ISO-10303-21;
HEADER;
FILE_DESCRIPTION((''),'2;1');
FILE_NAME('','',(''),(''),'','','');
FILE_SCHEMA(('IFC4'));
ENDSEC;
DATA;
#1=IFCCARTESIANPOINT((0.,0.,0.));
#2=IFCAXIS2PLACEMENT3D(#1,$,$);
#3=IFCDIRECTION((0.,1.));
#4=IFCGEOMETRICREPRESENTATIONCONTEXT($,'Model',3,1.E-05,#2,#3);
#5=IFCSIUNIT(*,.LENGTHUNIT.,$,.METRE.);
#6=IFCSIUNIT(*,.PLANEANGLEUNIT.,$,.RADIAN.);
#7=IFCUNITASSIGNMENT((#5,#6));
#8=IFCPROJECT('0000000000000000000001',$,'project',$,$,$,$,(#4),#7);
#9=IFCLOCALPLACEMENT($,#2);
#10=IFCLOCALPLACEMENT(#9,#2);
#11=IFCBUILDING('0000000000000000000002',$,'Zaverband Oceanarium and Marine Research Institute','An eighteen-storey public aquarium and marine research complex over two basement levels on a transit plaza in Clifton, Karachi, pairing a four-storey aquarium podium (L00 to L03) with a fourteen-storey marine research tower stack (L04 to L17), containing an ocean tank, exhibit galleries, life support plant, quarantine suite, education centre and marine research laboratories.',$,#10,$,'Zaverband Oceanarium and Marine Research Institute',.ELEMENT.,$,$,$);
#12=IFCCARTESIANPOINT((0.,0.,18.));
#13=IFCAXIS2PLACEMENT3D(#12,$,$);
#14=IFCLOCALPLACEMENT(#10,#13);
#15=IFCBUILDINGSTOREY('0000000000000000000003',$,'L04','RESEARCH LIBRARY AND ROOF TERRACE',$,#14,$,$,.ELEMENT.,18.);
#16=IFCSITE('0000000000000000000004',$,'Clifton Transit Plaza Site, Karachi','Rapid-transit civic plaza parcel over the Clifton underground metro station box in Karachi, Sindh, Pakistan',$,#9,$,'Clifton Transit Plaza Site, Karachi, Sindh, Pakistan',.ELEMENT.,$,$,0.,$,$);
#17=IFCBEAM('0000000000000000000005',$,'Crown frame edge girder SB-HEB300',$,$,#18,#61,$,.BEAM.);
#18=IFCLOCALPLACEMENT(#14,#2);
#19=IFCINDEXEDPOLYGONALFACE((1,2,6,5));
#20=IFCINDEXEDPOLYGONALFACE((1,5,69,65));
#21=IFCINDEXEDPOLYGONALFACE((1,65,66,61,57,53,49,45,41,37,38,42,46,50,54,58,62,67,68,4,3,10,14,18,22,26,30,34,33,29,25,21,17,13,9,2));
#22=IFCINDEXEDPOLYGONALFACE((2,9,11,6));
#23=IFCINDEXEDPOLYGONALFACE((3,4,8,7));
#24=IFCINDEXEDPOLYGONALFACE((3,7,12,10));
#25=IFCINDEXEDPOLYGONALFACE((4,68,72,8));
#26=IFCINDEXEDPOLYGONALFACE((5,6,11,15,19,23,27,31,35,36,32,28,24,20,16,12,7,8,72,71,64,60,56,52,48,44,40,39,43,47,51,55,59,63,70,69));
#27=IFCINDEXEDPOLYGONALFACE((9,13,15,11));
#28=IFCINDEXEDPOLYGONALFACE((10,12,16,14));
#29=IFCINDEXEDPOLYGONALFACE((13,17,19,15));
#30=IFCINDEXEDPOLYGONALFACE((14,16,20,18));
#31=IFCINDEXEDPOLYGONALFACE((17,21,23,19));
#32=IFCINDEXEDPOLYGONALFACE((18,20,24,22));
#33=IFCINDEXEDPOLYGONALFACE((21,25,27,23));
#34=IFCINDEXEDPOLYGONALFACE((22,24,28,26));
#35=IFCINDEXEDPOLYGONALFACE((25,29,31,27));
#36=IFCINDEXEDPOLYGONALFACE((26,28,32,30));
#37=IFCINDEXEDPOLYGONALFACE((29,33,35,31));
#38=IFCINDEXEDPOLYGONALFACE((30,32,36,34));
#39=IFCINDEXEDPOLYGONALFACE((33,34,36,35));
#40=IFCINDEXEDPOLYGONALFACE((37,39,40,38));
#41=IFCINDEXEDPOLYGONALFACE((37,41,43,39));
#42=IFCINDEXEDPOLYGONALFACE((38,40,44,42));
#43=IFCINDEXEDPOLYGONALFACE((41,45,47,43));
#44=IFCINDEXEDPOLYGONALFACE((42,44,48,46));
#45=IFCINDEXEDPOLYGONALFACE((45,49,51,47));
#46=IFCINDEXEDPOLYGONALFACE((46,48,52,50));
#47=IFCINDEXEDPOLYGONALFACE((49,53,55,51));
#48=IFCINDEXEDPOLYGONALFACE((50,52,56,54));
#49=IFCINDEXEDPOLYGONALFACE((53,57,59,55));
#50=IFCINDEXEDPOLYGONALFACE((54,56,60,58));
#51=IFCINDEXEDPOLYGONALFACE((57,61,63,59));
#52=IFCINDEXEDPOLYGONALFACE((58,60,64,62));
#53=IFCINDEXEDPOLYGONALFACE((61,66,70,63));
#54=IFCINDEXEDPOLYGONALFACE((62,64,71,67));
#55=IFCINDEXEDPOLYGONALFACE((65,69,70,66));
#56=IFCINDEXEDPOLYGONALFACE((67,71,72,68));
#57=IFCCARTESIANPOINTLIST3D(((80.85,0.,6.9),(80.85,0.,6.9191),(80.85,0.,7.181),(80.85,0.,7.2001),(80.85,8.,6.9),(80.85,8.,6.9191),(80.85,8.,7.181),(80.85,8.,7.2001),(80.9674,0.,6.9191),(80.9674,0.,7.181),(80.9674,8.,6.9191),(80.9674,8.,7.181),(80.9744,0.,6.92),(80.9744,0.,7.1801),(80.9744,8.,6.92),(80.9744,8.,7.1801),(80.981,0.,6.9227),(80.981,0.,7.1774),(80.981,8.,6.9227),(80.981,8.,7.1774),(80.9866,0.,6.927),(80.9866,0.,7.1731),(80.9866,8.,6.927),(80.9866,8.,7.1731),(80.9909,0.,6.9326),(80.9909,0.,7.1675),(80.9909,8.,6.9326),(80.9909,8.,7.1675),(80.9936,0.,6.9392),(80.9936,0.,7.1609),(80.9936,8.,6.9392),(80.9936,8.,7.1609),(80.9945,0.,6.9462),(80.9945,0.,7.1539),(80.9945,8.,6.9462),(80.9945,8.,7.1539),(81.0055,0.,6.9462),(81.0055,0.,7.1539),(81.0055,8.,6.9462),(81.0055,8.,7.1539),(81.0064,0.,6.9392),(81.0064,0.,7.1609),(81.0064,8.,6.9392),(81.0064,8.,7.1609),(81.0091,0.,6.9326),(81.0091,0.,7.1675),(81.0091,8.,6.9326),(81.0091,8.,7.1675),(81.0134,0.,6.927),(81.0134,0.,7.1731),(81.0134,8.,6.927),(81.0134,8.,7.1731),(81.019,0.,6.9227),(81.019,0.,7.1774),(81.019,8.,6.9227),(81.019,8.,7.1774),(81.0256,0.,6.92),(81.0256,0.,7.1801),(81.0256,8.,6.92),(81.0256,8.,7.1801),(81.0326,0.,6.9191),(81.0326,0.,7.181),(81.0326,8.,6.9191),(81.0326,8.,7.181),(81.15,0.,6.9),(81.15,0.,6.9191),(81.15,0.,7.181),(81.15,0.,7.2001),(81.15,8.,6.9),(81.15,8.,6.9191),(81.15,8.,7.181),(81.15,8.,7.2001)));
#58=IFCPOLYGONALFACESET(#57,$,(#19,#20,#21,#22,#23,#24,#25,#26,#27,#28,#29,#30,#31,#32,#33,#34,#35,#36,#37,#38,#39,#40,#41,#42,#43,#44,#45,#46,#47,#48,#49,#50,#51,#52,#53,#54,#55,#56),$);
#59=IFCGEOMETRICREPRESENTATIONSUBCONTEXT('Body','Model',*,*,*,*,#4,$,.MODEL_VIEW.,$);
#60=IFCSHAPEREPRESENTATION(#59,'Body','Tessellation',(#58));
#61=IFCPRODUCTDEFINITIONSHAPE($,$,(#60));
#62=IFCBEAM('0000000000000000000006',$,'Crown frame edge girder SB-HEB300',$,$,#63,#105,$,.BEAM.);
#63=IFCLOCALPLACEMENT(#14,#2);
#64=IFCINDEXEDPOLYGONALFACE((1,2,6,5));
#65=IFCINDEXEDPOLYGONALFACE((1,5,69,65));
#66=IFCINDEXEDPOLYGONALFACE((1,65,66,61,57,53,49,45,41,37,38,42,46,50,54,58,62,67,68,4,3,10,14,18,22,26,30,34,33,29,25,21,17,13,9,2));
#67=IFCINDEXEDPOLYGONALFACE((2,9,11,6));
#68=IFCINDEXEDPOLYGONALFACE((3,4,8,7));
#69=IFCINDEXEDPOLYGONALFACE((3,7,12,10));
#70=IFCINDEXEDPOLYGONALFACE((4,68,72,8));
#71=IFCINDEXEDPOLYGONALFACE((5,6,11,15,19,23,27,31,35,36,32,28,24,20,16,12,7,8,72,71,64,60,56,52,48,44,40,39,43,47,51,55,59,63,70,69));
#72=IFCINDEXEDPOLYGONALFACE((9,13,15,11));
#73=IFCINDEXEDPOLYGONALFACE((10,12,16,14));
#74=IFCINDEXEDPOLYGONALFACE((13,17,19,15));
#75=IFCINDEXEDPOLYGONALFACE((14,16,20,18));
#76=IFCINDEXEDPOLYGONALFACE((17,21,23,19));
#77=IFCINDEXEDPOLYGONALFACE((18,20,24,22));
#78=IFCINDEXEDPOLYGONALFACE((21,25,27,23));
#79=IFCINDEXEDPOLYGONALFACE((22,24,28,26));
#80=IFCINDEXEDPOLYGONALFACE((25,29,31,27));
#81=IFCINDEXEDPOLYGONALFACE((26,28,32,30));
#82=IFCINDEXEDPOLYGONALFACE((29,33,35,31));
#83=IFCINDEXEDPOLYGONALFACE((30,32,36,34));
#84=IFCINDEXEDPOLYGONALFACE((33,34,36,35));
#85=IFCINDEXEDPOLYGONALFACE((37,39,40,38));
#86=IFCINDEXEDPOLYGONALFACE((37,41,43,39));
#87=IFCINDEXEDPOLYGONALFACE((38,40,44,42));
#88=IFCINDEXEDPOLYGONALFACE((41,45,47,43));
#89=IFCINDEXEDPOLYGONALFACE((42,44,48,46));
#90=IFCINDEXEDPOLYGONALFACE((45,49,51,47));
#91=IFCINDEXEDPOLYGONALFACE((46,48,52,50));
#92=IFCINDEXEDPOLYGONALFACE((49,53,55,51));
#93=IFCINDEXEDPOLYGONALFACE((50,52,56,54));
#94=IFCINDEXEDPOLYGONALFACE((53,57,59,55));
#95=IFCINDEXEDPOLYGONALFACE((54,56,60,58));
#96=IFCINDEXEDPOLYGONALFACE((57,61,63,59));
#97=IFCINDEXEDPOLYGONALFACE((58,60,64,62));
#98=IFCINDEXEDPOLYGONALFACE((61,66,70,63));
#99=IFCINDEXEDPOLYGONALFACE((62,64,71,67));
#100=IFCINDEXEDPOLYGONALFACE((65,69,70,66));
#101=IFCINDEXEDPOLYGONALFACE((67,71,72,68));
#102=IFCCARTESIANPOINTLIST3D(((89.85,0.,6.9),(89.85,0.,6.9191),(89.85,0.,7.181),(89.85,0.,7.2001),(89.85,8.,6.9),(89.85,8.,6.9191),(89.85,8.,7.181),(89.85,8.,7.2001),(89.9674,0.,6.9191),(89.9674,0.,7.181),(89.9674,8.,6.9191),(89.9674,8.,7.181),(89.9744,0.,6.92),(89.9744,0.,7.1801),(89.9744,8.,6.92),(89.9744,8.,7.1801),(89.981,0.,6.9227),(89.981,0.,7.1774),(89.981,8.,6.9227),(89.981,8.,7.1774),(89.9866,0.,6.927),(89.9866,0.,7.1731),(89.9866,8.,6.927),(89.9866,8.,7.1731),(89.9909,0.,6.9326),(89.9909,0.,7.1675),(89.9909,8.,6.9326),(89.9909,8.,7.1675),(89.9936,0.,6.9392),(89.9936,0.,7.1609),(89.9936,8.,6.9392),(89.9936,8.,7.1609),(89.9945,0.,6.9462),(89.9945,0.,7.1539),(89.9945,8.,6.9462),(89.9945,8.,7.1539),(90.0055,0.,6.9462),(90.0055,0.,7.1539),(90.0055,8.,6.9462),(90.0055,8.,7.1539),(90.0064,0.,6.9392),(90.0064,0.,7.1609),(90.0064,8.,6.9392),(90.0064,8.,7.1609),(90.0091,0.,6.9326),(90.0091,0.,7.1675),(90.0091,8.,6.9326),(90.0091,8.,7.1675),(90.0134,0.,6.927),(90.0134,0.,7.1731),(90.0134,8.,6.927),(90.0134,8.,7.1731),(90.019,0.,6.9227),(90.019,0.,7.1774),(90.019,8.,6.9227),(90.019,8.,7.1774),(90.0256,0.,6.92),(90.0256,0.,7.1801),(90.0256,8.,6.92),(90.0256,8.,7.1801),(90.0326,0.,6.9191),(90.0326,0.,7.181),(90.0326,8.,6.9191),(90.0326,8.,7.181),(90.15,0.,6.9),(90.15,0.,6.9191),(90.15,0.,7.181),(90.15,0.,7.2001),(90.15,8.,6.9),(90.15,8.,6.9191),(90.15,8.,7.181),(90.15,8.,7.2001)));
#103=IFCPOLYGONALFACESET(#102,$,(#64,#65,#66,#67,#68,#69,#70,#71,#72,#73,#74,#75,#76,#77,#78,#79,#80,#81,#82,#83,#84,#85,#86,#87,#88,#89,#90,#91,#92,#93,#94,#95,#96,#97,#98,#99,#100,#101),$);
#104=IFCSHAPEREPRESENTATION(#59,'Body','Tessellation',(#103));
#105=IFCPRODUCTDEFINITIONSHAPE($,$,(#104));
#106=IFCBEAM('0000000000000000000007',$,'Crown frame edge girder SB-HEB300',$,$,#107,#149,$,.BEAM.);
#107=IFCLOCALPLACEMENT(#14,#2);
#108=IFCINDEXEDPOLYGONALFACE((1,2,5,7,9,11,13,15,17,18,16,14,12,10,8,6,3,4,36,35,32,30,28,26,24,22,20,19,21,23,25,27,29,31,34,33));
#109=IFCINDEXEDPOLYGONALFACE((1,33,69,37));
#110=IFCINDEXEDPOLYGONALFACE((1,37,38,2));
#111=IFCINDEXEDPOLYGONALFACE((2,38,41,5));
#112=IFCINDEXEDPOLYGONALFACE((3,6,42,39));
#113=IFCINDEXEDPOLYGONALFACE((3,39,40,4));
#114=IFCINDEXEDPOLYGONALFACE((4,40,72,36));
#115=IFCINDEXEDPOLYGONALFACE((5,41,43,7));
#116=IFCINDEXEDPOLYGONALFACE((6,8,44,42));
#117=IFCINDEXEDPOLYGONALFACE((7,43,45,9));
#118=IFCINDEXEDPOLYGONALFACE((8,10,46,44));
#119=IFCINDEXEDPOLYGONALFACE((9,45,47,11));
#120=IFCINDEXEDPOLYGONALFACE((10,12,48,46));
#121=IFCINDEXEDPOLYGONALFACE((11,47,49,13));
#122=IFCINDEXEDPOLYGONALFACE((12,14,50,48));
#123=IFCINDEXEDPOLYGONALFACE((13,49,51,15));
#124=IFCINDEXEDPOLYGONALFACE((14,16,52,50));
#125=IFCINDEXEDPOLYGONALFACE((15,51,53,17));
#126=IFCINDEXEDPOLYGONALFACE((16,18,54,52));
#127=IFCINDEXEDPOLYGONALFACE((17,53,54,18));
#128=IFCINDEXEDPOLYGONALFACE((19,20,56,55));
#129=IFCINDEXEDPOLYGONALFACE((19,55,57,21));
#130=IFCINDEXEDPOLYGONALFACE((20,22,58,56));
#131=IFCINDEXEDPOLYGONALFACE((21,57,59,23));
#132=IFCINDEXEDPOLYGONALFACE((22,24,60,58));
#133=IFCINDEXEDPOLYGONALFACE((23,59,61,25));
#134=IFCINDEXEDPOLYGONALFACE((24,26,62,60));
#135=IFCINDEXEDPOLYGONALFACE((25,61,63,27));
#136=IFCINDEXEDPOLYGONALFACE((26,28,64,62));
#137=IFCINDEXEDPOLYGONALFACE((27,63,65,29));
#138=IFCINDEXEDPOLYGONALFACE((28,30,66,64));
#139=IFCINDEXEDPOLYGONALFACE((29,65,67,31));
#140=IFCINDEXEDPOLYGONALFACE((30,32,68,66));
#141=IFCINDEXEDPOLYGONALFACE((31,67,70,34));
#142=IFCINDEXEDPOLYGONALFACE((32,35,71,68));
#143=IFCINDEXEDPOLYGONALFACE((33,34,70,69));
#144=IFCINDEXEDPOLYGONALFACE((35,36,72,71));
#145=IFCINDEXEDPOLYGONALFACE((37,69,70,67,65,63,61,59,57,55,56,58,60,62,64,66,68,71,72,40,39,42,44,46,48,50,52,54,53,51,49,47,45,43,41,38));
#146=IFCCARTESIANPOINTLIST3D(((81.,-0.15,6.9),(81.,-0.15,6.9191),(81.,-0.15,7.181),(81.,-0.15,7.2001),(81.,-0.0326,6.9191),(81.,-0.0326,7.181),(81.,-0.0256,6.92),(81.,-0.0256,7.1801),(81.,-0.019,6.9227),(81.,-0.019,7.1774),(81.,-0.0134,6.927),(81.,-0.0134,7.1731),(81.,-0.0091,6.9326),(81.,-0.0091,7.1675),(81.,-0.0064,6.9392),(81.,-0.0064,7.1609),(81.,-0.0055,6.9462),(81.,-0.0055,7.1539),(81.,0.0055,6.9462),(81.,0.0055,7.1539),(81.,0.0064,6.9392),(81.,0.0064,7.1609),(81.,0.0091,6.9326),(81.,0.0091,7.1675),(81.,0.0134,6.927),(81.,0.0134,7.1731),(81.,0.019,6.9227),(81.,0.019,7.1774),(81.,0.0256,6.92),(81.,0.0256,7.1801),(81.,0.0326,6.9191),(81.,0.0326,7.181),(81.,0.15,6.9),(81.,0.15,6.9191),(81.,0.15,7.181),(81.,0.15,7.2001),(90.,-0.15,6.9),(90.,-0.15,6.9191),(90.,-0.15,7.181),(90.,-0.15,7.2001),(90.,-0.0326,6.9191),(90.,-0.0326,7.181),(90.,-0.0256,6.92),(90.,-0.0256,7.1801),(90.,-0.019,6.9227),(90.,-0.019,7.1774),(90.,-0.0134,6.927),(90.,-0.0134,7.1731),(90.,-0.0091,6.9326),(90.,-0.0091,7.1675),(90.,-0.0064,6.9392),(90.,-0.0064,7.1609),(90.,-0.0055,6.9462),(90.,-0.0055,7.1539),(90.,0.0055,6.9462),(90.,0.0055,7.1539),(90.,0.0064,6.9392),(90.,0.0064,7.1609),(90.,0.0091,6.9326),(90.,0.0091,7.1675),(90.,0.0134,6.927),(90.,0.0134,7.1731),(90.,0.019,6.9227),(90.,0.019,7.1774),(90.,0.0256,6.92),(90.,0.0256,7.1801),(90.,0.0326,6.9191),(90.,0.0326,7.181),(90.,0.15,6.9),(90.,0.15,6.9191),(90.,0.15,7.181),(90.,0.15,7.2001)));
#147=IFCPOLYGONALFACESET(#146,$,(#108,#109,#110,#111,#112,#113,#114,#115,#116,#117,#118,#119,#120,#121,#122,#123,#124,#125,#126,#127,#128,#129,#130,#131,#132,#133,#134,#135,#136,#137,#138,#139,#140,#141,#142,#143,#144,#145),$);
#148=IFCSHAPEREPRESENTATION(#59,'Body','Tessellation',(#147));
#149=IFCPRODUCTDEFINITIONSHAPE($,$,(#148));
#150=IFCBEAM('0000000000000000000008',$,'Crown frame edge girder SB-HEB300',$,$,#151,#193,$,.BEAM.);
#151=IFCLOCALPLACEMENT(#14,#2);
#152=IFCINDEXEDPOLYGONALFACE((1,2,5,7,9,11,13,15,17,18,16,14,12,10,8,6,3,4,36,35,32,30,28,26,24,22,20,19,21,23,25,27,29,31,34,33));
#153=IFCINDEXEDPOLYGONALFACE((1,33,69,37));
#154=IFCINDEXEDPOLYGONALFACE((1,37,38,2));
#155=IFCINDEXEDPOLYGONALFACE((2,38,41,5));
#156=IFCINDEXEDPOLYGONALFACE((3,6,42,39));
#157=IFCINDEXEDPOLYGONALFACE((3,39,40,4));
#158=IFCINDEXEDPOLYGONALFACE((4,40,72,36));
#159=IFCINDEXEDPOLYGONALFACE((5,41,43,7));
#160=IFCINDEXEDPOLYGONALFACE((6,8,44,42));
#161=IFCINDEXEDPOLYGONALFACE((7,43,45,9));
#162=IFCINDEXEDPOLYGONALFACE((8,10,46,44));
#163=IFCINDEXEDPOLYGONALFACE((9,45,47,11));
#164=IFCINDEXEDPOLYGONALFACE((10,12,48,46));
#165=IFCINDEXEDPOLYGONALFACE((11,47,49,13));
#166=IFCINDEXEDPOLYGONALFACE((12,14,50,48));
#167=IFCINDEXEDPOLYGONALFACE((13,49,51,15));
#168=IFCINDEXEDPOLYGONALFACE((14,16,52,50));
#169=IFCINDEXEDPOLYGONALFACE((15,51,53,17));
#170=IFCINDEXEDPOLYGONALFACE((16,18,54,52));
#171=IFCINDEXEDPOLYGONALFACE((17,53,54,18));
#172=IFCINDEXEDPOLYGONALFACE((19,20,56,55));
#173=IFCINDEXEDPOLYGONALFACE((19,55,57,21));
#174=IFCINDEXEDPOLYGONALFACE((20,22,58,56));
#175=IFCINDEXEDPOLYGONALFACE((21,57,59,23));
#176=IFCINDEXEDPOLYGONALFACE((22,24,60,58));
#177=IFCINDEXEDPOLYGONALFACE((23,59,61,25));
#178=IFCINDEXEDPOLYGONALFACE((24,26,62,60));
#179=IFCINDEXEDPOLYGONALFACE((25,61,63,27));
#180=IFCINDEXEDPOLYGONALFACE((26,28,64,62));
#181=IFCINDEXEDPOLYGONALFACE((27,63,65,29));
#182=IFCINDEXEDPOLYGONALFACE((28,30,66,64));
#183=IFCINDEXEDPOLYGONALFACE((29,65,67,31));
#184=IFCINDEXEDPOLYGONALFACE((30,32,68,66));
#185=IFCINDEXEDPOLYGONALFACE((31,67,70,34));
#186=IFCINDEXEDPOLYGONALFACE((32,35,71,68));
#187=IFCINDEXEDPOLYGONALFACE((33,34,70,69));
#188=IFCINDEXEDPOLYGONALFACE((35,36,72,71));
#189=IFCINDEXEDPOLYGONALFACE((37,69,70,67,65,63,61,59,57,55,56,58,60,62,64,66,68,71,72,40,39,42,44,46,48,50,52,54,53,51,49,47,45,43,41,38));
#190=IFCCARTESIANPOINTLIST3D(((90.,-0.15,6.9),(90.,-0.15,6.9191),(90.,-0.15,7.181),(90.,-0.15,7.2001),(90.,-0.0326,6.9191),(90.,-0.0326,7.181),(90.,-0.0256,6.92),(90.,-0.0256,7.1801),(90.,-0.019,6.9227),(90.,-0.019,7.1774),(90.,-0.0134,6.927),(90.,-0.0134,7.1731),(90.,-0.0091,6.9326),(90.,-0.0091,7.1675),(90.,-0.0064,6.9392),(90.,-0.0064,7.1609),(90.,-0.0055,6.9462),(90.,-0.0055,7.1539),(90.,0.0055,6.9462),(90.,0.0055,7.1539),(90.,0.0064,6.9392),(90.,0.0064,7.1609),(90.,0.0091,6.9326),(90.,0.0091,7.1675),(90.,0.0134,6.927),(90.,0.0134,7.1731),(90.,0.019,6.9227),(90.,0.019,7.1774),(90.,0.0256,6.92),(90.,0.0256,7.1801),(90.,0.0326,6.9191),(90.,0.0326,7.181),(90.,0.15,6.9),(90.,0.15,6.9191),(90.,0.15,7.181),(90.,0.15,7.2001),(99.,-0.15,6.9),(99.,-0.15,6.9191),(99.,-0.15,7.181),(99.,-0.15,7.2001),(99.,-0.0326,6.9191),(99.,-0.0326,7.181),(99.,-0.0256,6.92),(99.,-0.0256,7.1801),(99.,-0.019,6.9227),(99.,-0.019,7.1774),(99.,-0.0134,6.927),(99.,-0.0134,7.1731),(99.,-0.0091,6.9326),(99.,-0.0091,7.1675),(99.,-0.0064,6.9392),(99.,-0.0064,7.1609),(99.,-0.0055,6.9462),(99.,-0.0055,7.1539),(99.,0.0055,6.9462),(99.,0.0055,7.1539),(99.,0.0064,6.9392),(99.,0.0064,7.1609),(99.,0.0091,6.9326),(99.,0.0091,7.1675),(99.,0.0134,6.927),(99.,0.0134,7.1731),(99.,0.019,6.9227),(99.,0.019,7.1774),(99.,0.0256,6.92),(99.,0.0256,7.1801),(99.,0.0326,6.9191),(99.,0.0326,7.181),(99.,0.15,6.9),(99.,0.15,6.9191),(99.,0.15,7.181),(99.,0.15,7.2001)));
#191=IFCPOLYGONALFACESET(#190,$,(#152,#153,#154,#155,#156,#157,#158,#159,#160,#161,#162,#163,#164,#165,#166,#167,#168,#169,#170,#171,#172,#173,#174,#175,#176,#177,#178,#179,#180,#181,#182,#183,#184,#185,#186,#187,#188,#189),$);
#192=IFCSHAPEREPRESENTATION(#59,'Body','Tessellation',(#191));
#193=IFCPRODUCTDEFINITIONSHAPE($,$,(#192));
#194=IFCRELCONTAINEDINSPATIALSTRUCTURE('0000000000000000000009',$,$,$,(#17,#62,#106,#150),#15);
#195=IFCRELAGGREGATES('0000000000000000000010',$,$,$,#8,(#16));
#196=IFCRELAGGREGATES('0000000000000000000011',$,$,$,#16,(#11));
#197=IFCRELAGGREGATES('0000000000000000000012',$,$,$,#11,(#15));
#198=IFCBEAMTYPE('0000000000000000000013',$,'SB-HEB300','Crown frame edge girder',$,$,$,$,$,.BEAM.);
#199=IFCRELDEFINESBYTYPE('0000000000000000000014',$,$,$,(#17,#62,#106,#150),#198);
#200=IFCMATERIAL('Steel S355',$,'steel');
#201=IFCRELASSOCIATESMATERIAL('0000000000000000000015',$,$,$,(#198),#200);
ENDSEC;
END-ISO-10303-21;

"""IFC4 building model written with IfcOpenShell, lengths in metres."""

from ifc_helpers import new_model, si_unit, direction, frame, origin, origin_2d, place, context, subcontext, project, spatial, i_section, extrude, material, material_profile, profile_set, type_object, element, save


model = new_model("IFC4")

# Units and contexts
model_context = context("Model", 3, precision=1e-05, world=origin(), true_north=direction((0.0, 1.0)))
body_context = subcontext(model_context, "Body", "Model", "MODEL_VIEW")
ifc_project = project(units=[si_unit("LENGTHUNIT", "METRE"), si_unit("PLANEANGLEUNIT", "RADIAN")], contexts=[model_context])

# Site, building, storey
site_placement = place(None, origin())
site = spatial("IfcSite", under=ifc_project, at=site_placement, Name="Clifton Transit Plaza Site, Karachi", Description="Rapid-transit civic plaza parcel over the Clifton underground metro station box in Karachi, Sindh, Pakistan", LongName="Clifton Transit Plaza Site, Karachi, Sindh, Pakistan", CompositionType="ELEMENT", RefElevation=0.0)
building_placement = place(site_placement, origin())
building = spatial("IfcBuilding", under=site, at=building_placement, Name="Zaverband Oceanarium and Marine Research Institute", Description="An eighteen-storey public aquarium and marine research complex over two basement levels on a transit plaza in Clifton, Karachi, pairing a four-storey aquarium podium (L00 to L03) with a fourteen-storey marine research tower stack (L04 to L17), containing an ocean tank, exhibit galleries, life support plant, quarantine suite, education centre and marine research laboratories.", LongName="Zaverband Oceanarium and Marine Research Institute", CompositionType="ELEMENT")
storey_placement = place(building_placement, frame((0.0, 0.0, 18.0)))
storey = spatial("IfcBuildingStorey", under=building, at=storey_placement, Name="L04", Description="RESEARCH LIBRARY AND ROOF TERRACE", CompositionType="ELEMENT", Elevation=18.0)

# Shared definitions
ifc_material_1 = material(Name="Steel S355", Category="steel")

# Beams
ifc_material_profile_1 = material_profile(ifc_material_1, i_section(OverallWidth=0.3, OverallDepth=0.3, WebThickness=0.011, FlangeThickness=0.019, FilletRadius=0.0271, at=origin_2d()), Name="HEB300")
ifc_profile_set_1 = profile_set([ifc_material_profile_1], Name="Steel S355")
beam_type_1 = type_object("IfcBeamType", Name="SB-HEB300", Description="Crown frame edge girder", PredefinedType="BEAM", material=ifc_profile_set_1)
for number, where, z_axis, x_axis, name in (
    (1, (81.0, 0.0, 7.05), (0.0, 1.0, 0.0), (-1.0, 0.0, 0.0), "Crown frame edge girder SB-HEB300"),
    (2, (90.0, 0.0, 7.05), (0.0, 1.0, 0.0), (-1.0, 0.0, 0.0), "Crown frame edge girder SB-HEB300"),
):
    element("IfcBeam", number, at=place(storey_placement, frame(where, z_axis=z_axis, x_axis=x_axis)), inside=storey, type_object=beam_type_1, Name=name, PredefinedType="BEAM", context=body_context, shape_type="SweptSolid", body=[
        extrude(i_section(OverallWidth=0.3, OverallDepth=0.3, WebThickness=0.011, FlangeThickness=0.019, FilletRadius=0.0271, at=origin_2d()), origin(), (0.0, 0.0, 1.0), 8.0),
    ])
for number, where, z_axis, x_axis, name in (
    (3, (81.0, 0.0, 7.05), (1.0, 0.0, 0.0), (0.0, 1.0, 0.0), "Crown frame edge girder SB-HEB300"),
    (4, (90.0, 0.0, 7.05), (1.0, 0.0, 0.0), (0.0, 1.0, 0.0), "Crown frame edge girder SB-HEB300"),
):
    element("IfcBeam", number, at=place(storey_placement, frame(where, z_axis=z_axis, x_axis=x_axis)), inside=storey, type_object=beam_type_1, Name=name, PredefinedType="BEAM", context=body_context, shape_type="SweptSolid", body=[
        extrude(i_section(OverallWidth=0.3, OverallDepth=0.3, WebThickness=0.011, FlangeThickness=0.019, FilletRadius=0.0271, at=origin_2d()), origin(), (0.0, 0.0, 1.0), 9.0),
    ])

save(model, "model.ifc")
